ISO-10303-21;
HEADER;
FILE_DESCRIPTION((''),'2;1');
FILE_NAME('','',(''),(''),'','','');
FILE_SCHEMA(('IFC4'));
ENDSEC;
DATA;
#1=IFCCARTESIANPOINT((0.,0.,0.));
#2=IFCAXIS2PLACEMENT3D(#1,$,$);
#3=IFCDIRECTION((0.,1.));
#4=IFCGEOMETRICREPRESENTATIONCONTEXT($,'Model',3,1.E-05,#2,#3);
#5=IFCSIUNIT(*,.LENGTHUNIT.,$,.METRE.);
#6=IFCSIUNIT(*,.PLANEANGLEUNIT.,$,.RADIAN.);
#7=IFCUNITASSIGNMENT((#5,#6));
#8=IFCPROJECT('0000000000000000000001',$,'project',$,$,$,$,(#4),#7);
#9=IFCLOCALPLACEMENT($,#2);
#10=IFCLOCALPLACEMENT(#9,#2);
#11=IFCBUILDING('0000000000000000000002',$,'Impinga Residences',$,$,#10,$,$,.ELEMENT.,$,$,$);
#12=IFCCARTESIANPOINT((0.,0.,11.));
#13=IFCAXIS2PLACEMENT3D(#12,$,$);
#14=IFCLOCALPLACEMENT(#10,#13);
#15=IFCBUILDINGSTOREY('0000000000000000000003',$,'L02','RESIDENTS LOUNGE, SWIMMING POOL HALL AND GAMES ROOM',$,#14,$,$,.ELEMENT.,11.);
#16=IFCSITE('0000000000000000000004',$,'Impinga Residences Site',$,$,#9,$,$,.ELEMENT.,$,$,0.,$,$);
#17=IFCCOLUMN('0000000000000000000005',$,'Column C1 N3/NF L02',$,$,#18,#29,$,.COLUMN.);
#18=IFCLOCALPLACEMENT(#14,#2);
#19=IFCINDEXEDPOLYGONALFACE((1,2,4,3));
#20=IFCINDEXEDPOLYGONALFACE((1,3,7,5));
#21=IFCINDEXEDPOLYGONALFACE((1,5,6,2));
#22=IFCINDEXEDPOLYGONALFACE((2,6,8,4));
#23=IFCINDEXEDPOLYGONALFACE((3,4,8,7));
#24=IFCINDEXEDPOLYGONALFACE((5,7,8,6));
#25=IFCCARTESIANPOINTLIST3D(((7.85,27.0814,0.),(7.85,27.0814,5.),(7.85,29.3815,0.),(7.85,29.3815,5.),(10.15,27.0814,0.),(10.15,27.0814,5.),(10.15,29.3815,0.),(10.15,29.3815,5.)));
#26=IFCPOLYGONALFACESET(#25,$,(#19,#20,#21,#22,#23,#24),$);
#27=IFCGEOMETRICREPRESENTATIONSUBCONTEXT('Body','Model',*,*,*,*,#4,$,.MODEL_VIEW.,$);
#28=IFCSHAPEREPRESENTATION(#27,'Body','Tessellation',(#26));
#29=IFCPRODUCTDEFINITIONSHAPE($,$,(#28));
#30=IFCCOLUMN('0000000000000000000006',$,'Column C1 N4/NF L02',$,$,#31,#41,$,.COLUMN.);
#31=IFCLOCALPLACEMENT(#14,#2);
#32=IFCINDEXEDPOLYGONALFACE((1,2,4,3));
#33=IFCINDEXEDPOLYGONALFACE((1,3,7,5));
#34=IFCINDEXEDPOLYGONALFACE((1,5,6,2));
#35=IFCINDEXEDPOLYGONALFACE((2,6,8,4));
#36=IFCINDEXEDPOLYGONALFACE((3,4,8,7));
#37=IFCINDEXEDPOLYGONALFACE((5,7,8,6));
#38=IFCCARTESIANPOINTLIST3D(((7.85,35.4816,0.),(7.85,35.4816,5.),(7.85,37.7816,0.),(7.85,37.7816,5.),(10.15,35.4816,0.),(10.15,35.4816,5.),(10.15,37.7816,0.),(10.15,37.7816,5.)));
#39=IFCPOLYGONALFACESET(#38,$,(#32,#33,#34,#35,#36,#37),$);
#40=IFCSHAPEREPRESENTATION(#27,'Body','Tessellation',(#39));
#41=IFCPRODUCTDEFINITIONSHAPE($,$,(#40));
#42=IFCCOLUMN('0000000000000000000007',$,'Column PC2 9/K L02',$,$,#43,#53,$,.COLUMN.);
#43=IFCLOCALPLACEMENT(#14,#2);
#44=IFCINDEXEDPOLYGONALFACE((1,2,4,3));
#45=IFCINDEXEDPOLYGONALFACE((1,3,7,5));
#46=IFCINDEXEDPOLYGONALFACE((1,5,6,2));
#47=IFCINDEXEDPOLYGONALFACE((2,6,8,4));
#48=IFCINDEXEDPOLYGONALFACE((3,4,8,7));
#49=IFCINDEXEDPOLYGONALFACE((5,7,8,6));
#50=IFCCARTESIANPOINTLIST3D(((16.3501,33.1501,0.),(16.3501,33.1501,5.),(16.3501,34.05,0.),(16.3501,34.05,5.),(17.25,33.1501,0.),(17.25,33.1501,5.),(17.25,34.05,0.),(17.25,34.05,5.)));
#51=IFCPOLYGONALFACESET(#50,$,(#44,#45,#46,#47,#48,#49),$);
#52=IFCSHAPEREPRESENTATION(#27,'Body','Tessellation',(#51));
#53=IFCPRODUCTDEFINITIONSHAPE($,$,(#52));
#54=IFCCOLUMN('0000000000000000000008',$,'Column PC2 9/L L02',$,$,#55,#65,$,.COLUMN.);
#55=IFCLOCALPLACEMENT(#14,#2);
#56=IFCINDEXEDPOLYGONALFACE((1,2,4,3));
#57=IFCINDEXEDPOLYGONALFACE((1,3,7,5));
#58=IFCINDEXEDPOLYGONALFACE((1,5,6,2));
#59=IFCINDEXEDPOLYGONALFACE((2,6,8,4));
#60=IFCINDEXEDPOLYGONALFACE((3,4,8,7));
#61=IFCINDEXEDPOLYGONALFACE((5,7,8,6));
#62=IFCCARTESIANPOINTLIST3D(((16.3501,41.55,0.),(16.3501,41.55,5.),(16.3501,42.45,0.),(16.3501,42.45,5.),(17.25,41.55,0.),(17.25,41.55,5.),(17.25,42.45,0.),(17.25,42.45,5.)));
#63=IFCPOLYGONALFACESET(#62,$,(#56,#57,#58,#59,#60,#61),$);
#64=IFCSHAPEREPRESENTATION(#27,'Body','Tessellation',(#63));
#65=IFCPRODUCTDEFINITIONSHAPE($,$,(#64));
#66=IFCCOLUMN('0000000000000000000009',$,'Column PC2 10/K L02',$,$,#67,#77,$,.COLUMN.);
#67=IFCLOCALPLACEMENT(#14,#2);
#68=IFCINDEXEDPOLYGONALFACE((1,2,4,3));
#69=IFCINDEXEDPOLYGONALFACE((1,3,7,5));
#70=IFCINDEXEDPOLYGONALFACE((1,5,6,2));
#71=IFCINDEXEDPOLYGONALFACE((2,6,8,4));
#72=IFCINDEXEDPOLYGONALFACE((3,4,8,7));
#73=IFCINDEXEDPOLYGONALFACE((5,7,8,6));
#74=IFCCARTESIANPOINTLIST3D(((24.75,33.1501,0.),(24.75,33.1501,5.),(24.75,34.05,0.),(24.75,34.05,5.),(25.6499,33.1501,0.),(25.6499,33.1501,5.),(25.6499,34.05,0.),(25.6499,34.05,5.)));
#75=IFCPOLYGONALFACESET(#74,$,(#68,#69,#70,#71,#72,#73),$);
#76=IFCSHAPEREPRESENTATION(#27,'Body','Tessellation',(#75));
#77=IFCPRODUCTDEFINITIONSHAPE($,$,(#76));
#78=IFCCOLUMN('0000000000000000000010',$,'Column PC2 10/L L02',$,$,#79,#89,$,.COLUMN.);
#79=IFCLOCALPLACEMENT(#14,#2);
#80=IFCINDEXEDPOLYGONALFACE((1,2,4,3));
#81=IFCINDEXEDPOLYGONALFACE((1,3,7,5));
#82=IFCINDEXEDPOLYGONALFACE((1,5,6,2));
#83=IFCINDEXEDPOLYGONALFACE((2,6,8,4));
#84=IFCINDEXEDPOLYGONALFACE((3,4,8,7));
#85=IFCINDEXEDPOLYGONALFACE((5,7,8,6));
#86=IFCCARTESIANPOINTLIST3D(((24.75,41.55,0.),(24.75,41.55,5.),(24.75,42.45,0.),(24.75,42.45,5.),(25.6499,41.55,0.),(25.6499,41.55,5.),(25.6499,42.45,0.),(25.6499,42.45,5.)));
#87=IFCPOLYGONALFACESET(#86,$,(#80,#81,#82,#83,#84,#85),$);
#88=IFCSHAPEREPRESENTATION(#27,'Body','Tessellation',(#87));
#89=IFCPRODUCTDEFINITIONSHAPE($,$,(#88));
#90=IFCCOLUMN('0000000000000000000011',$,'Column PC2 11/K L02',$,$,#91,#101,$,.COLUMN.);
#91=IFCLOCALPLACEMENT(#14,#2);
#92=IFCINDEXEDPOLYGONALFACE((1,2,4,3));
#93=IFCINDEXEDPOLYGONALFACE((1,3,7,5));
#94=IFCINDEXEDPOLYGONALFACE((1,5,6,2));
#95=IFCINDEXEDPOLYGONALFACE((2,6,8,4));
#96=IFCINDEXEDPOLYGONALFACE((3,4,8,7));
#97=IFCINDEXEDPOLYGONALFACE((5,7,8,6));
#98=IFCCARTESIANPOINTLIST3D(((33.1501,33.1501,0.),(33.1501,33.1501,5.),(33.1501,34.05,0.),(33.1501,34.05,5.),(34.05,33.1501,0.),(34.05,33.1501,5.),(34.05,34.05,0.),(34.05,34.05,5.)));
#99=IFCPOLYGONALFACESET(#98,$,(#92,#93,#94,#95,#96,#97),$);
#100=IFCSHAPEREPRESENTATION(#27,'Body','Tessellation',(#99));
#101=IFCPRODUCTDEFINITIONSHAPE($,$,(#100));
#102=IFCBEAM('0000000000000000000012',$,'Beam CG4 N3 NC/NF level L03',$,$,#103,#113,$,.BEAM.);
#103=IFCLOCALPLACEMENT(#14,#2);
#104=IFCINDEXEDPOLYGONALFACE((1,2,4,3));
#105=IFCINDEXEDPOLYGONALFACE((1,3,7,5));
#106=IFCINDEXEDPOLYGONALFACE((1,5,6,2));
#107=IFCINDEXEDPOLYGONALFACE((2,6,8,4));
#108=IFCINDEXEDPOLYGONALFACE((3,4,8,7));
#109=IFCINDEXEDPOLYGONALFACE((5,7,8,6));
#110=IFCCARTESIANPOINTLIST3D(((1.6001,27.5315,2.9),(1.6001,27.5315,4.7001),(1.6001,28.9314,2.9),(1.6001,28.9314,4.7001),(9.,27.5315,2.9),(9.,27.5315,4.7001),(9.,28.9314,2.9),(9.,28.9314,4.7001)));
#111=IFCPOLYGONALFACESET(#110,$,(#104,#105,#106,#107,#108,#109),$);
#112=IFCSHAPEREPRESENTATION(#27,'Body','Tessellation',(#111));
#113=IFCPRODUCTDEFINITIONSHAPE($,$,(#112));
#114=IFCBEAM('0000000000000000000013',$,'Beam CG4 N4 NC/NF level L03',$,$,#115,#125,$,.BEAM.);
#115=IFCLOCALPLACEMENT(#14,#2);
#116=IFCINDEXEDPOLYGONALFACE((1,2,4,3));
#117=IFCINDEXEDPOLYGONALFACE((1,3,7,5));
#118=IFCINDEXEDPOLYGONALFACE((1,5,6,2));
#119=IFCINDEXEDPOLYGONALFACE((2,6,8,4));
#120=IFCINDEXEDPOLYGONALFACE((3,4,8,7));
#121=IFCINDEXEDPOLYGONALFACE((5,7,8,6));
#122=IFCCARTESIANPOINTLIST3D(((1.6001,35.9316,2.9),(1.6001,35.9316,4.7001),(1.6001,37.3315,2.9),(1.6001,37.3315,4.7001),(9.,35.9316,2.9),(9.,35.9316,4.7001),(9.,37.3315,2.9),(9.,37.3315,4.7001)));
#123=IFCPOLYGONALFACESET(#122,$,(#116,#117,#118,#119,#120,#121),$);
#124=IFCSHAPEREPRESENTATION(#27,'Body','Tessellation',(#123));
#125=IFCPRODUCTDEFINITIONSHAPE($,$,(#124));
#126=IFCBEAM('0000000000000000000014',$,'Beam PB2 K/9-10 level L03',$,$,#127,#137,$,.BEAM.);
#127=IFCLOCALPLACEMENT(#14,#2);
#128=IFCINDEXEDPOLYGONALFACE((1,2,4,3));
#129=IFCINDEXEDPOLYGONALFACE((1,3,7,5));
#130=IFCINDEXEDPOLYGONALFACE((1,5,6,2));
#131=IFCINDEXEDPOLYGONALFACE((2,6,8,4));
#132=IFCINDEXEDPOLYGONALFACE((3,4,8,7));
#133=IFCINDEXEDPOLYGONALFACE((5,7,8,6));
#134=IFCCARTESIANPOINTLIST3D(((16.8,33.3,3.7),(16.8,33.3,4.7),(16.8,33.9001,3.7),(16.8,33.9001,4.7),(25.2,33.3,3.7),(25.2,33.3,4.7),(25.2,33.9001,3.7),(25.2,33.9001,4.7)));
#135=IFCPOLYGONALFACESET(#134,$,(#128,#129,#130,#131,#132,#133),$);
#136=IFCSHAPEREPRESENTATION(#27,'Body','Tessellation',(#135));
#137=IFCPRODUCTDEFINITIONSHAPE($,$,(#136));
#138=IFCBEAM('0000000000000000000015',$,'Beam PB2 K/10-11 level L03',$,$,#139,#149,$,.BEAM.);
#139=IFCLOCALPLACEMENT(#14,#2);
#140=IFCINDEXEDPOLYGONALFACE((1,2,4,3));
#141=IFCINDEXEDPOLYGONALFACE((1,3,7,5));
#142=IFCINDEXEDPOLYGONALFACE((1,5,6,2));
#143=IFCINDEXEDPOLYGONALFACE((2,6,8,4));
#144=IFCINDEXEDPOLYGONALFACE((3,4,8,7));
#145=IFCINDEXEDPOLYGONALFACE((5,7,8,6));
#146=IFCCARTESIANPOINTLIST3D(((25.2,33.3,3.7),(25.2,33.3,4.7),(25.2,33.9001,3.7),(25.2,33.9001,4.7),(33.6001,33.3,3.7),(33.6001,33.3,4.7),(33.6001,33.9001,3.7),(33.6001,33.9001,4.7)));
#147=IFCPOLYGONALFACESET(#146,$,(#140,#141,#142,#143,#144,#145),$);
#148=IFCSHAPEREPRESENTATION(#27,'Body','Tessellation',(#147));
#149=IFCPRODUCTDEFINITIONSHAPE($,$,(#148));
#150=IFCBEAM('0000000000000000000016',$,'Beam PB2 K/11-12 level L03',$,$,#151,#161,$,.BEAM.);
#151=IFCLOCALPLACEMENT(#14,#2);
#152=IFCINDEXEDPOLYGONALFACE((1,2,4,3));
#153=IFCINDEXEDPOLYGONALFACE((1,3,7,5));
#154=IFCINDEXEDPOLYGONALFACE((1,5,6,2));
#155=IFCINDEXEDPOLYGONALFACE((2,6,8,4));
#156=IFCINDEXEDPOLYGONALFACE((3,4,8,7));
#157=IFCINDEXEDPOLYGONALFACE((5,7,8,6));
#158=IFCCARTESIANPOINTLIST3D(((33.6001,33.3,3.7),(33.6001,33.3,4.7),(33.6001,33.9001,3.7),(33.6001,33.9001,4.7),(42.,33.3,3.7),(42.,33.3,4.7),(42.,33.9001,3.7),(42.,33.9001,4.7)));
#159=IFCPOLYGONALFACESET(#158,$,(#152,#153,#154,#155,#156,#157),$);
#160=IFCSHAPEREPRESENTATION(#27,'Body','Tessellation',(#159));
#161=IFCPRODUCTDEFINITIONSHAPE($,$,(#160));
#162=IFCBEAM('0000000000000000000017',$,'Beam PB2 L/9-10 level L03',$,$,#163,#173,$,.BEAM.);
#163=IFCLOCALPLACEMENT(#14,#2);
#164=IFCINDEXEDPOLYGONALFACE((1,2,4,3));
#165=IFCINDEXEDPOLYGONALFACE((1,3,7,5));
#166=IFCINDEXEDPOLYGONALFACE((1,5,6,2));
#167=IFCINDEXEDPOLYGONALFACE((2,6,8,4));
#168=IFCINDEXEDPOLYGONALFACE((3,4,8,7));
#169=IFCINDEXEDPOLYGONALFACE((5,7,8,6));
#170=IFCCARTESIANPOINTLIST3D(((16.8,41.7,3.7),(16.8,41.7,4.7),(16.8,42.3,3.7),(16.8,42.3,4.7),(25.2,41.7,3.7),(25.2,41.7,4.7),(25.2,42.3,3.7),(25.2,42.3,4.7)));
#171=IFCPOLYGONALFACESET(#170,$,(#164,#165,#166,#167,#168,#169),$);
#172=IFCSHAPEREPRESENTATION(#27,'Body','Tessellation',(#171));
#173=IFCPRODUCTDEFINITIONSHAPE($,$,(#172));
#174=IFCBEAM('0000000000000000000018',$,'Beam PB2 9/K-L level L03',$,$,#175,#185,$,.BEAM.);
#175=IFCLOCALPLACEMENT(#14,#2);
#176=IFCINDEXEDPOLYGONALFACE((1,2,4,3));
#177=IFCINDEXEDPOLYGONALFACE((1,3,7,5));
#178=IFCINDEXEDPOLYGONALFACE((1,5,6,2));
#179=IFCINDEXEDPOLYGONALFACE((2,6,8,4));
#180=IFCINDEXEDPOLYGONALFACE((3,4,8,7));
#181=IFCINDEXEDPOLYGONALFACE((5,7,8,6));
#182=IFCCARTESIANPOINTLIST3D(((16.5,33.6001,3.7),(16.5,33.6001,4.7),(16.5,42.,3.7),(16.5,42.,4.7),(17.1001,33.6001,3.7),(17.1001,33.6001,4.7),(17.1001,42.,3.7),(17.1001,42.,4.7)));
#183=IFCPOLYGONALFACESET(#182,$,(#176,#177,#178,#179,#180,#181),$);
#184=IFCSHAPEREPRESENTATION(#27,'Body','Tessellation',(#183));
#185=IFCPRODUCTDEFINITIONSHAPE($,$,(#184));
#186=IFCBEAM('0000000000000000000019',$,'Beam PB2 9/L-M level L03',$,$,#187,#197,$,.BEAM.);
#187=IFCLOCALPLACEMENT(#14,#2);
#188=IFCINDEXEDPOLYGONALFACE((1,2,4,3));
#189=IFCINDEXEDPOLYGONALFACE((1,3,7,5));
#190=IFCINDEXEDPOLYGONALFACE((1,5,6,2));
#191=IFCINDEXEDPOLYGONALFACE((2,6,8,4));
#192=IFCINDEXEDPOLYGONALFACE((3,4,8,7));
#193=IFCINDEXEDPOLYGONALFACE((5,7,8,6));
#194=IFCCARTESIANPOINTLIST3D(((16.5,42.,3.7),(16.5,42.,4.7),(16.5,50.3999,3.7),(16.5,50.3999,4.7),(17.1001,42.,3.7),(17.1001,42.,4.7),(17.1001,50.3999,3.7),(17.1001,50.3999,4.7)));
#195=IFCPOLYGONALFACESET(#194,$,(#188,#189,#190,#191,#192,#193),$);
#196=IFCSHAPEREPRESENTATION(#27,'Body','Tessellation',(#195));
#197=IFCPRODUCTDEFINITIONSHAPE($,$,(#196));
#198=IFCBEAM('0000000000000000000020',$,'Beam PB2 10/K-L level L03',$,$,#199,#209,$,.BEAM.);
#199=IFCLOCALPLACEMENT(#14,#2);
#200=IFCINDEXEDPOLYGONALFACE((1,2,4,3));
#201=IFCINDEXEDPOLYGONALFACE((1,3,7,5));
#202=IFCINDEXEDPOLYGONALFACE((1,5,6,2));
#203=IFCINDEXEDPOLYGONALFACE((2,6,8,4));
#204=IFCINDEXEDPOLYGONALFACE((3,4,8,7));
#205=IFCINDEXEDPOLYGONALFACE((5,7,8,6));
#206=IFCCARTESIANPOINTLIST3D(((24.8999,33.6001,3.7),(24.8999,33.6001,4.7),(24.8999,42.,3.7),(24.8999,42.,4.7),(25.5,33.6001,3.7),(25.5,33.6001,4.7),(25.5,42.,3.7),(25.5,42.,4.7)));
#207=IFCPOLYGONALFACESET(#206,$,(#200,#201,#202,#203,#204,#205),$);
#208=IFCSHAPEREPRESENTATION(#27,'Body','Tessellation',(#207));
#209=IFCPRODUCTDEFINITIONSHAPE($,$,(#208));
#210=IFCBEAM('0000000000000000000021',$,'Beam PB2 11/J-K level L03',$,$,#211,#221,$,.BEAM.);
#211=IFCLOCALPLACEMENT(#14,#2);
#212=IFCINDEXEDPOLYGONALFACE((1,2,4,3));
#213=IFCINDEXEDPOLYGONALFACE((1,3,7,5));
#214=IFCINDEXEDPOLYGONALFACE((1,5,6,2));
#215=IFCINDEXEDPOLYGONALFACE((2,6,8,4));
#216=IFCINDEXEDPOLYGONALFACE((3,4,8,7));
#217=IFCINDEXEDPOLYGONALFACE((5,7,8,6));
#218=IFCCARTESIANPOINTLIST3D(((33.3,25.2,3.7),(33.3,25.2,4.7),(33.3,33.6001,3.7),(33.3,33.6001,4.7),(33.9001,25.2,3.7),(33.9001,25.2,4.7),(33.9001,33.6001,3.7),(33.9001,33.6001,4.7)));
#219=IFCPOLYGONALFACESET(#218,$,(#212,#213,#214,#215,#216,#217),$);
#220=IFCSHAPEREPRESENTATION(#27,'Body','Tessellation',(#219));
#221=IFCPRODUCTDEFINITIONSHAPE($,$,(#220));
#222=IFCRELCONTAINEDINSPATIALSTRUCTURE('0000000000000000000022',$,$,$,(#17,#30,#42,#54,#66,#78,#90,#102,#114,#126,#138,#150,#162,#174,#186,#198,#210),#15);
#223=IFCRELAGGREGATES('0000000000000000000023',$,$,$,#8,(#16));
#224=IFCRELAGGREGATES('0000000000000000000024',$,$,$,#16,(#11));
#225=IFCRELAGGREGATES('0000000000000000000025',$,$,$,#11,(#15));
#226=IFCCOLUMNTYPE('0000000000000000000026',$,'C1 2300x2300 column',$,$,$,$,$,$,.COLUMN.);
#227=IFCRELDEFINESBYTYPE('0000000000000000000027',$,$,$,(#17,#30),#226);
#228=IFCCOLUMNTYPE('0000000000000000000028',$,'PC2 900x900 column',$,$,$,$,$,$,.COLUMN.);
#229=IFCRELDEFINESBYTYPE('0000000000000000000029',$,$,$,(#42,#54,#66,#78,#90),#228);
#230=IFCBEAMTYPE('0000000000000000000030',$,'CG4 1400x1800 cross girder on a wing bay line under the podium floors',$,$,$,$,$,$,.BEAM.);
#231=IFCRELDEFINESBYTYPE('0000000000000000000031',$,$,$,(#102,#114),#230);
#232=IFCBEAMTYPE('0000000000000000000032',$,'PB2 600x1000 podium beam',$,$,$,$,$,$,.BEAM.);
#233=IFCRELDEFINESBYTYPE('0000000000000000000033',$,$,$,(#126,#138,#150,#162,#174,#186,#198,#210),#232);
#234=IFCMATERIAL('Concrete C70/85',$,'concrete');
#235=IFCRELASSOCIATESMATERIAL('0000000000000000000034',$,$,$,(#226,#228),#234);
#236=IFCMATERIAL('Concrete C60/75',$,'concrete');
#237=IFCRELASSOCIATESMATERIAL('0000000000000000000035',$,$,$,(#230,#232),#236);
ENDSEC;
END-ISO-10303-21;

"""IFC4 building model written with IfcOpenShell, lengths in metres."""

from ifc_helpers import new_model, si_unit, direction, frame, origin, origin_2d, place, context, subcontext, project, spatial, rectangle, extrude, material, material_profile, profile_set, type_object, element, save


model = new_model("IFC4")

# Units and contexts
model_context = context("Model", 3, precision=1e-05, world=origin(), true_north=direction((0.0, 1.0)))
body_context = subcontext(model_context, "Body", "Model", "MODEL_VIEW")
ifc_project = project(units=[si_unit("LENGTHUNIT", "METRE"), si_unit("PLANEANGLEUNIT", "RADIAN")], contexts=[model_context])

# Site, building, storey
site_placement = place(None, origin())
site = spatial("IfcSite", under=ifc_project, at=site_placement, Name="Impinga Residences Site", CompositionType="ELEMENT", RefElevation=0.0)
building_placement = place(site_placement, origin())
building = spatial("IfcBuilding", under=site, at=building_placement, Name="Impinga Residences", CompositionType="ELEMENT")
storey_placement = place(building_placement, frame((0.0, 0.0, 11.0)))
storey = spatial("IfcBuildingStorey", under=building, at=storey_placement, Name="L02", Description="RESIDENTS LOUNGE, SWIMMING POOL HALL AND GAMES ROOM", CompositionType="ELEMENT", Elevation=11.0)

# Columns
ifc_material_1 = material(Name="Concrete C70/85", Category="concrete")
ifc_material_profile_1 = material_profile(ifc_material_1, rectangle(XDim=2.3, YDim=2.3, at=origin_2d()), Name="RC 2300x2300")
ifc_profile_set_1 = profile_set([ifc_material_profile_1], Name="Concrete C70/85")
column_type_1 = type_object("IfcColumnType", Name="C1 2300x2300 column", PredefinedType="COLUMN", material=ifc_profile_set_1)
for number, where, z_axis, x_axis, name in (
    (1, (9.0, 28.2314, 0.0), (0.0, 0.0, 1.0), (1.0, 0.0, 0.0), "Column C1 N3/NF L02"),
    (2, (9.0, 36.6316, 0.0), (0.0, 0.0, 1.0), (1.0, 0.0, 0.0), "Column C1 N4/NF L02"),
):
    element("IfcColumn", number, at=place(storey_placement, frame(where, z_axis=z_axis, x_axis=x_axis)), inside=storey, type_object=column_type_1, Name=name, PredefinedType="COLUMN", context=body_context, shape_type="SweptSolid", body=[
        extrude(rectangle(XDim=2.3, YDim=2.3, at=origin_2d()), origin(), (0.0, 0.0, 1.0), 5.0),
    ])
ifc_material_profile_2 = material_profile(ifc_material_1, rectangle(XDim=0.8999, YDim=0.8999, at=origin_2d()), Name="RC 900x900")
ifc_profile_set_2 = profile_set([ifc_material_profile_2], Name="Concrete C70/85")
column_type_2 = type_object("IfcColumnType", Name="PC2 900x900 column", PredefinedType="COLUMN", material=ifc_profile_set_2)
for number, where, z_axis, x_axis, name in (
    (3, (16.8, 33.6001, 0.0), (0.0, 0.0, 1.0), (1.0, 0.0, 0.0), "Column PC2 9/K L02"),
    (4, (16.8, 42.0, 0.0), (0.0, 0.0, 1.0), (1.0, 0.0, 0.0), "Column PC2 9/L L02"),
    (5, (25.2, 33.6001, 0.0), (0.0, 0.0, 1.0), (1.0, 0.0, 0.0), "Column PC2 10/K L02"),
    (6, (25.2, 42.0, 0.0), (0.0, 0.0, 1.0), (1.0, 0.0, 0.0), "Column PC2 10/L L02"),
    (7, (33.6001, 33.6001, 0.0), (0.0, 0.0, 1.0), (1.0, 0.0, 0.0), "Column PC2 11/K L02"),
):
    element("IfcColumn", number, at=place(storey_placement, frame(where, z_axis=z_axis, x_axis=x_axis)), inside=storey, type_object=column_type_2, Name=name, PredefinedType="COLUMN", context=body_context, shape_type="SweptSolid", body=[
        extrude(rectangle(XDim=0.8999, YDim=0.8999, at=origin_2d()), origin(), (0.0, 0.0, 1.0), 5.0),
    ])

# Beams
ifc_material_2 = material(Name="Concrete C60/75", Category="concrete")
ifc_material_profile_3 = material_profile(ifc_material_2, rectangle(XDim=1.3999, YDim=1.8, at=origin_2d()), Name="RC 1400x1800")
ifc_profile_set_3 = profile_set([ifc_material_profile_3], Name="Concrete C60/75")
beam_type_1 = type_object("IfcBeamType", Name="CG4 1400x1800 cross girder on a wing bay line under the podium floors", PredefinedType="BEAM", material=ifc_profile_set_3)
for number, where, z_axis, x_axis, name in (
    (8, (1.6001, 28.2314, 3.8), (1.0, 0.0, 0.0), (0.0, 1.0, 0.0), "Beam CG4 N3 NC/NF level L03"),
    (9, (1.6001, 36.6316, 3.8), (1.0, 0.0, 0.0), (0.0, 1.0, 0.0), "Beam CG4 N4 NC/NF level L03"),
):
    element("IfcBeam", number, at=place(storey_placement, frame(where, z_axis=z_axis, x_axis=x_axis)), inside=storey, type_object=beam_type_1, Name=name, PredefinedType="BEAM", context=body_context, shape_type="SweptSolid", body=[
        extrude(rectangle(XDim=1.3999, YDim=1.8, at=origin_2d()), origin(), (0.0, 0.0, 1.0), 7.3999),
    ])
ifc_material_profile_4 = material_profile(ifc_material_2, rectangle(XDim=0.6001, YDim=1.0, at=origin_2d()), Name="RC 600x1000")
ifc_profile_set_4 = profile_set([ifc_material_profile_4], Name="Concrete C60/75")
beam_type_2 = type_object("IfcBeamType", Name="PB2 600x1000 podium beam", PredefinedType="BEAM", material=ifc_profile_set_4)
beam_1_placement = place(storey_placement, frame((16.8, 33.6001, 4.2), z_axis=(1.0, 0.0, 0.0), x_axis=(0.0, 1.0, 0.0)))
element("IfcBeam", 10, at=beam_1_placement, inside=storey, type_object=beam_type_2, Name="Beam PB2 K/9-10 level L03", PredefinedType="BEAM", context=body_context, shape_type="SweptSolid", body=[
    extrude(rectangle(XDim=0.6001, YDim=1.0, at=origin_2d()), origin(), (0.0, 0.0, 1.0), 8.3999),
])
beam_2_placement = place(storey_placement, frame((25.2, 33.6001, 4.2), z_axis=(1.0, 0.0, 0.0), x_axis=(0.0, 1.0, 0.0)))
element("IfcBeam", 11, at=beam_2_placement, inside=storey, type_object=beam_type_2, Name="Beam PB2 K/10-11 level L03", PredefinedType="BEAM", context=body_context, shape_type="SweptSolid", body=[
    extrude(rectangle(XDim=0.6001, YDim=1.0, at=origin_2d()), origin(), (0.0, 0.0, 1.0), 8.4001),
])
for number, where, z_axis, x_axis, name in (
    (12, (33.6001, 33.6001, 4.2), (1.0, 0.0, 0.0), (0.0, 1.0, 0.0), "Beam PB2 K/11-12 level L03"),
    (13, (16.8, 42.0, 4.2), (1.0, 0.0, 0.0), (0.0, 1.0, 0.0), "Beam PB2 L/9-10 level L03"),
    (14, (16.8, 33.6001, 4.2), (0.0, 1.0, 0.0), (-1.0, 0.0, 0.0), "Beam PB2 9/K-L level L03"),
    (15, (16.8, 42.0, 4.2), (0.0, 1.0, 0.0), (-1.0, 0.0, 0.0), "Beam PB2 9/L-M level L03"),
    (16, (25.2, 33.6001, 4.2), (0.0, 1.0, 0.0), (-1.0, 0.0, 0.0), "Beam PB2 10/K-L level L03"),
):
    element("IfcBeam", number, at=place(storey_placement, frame(where, z_axis=z_axis, x_axis=x_axis)), inside=storey, type_object=beam_type_2, Name=name, PredefinedType="BEAM", context=body_context, shape_type="SweptSolid", body=[
        extrude(rectangle(XDim=0.6001, YDim=1.0, at=origin_2d()), origin(), (0.0, 0.0, 1.0), 8.3999),
    ])
beam_3_placement = place(storey_placement, frame((33.6001, 25.2, 4.2), z_axis=(0.0, 1.0, 0.0), x_axis=(-1.0, 0.0, 0.0)))
element("IfcBeam", 17, at=beam_3_placement, inside=storey, type_object=beam_type_2, Name="Beam PB2 11/J-K level L03", PredefinedType="BEAM", context=body_context, shape_type="SweptSolid", body=[
    extrude(rectangle(XDim=0.6001, YDim=1.0, at=origin_2d()), origin(), (0.0, 0.0, 1.0), 8.4001),
])

save(model, "model.ifc")
